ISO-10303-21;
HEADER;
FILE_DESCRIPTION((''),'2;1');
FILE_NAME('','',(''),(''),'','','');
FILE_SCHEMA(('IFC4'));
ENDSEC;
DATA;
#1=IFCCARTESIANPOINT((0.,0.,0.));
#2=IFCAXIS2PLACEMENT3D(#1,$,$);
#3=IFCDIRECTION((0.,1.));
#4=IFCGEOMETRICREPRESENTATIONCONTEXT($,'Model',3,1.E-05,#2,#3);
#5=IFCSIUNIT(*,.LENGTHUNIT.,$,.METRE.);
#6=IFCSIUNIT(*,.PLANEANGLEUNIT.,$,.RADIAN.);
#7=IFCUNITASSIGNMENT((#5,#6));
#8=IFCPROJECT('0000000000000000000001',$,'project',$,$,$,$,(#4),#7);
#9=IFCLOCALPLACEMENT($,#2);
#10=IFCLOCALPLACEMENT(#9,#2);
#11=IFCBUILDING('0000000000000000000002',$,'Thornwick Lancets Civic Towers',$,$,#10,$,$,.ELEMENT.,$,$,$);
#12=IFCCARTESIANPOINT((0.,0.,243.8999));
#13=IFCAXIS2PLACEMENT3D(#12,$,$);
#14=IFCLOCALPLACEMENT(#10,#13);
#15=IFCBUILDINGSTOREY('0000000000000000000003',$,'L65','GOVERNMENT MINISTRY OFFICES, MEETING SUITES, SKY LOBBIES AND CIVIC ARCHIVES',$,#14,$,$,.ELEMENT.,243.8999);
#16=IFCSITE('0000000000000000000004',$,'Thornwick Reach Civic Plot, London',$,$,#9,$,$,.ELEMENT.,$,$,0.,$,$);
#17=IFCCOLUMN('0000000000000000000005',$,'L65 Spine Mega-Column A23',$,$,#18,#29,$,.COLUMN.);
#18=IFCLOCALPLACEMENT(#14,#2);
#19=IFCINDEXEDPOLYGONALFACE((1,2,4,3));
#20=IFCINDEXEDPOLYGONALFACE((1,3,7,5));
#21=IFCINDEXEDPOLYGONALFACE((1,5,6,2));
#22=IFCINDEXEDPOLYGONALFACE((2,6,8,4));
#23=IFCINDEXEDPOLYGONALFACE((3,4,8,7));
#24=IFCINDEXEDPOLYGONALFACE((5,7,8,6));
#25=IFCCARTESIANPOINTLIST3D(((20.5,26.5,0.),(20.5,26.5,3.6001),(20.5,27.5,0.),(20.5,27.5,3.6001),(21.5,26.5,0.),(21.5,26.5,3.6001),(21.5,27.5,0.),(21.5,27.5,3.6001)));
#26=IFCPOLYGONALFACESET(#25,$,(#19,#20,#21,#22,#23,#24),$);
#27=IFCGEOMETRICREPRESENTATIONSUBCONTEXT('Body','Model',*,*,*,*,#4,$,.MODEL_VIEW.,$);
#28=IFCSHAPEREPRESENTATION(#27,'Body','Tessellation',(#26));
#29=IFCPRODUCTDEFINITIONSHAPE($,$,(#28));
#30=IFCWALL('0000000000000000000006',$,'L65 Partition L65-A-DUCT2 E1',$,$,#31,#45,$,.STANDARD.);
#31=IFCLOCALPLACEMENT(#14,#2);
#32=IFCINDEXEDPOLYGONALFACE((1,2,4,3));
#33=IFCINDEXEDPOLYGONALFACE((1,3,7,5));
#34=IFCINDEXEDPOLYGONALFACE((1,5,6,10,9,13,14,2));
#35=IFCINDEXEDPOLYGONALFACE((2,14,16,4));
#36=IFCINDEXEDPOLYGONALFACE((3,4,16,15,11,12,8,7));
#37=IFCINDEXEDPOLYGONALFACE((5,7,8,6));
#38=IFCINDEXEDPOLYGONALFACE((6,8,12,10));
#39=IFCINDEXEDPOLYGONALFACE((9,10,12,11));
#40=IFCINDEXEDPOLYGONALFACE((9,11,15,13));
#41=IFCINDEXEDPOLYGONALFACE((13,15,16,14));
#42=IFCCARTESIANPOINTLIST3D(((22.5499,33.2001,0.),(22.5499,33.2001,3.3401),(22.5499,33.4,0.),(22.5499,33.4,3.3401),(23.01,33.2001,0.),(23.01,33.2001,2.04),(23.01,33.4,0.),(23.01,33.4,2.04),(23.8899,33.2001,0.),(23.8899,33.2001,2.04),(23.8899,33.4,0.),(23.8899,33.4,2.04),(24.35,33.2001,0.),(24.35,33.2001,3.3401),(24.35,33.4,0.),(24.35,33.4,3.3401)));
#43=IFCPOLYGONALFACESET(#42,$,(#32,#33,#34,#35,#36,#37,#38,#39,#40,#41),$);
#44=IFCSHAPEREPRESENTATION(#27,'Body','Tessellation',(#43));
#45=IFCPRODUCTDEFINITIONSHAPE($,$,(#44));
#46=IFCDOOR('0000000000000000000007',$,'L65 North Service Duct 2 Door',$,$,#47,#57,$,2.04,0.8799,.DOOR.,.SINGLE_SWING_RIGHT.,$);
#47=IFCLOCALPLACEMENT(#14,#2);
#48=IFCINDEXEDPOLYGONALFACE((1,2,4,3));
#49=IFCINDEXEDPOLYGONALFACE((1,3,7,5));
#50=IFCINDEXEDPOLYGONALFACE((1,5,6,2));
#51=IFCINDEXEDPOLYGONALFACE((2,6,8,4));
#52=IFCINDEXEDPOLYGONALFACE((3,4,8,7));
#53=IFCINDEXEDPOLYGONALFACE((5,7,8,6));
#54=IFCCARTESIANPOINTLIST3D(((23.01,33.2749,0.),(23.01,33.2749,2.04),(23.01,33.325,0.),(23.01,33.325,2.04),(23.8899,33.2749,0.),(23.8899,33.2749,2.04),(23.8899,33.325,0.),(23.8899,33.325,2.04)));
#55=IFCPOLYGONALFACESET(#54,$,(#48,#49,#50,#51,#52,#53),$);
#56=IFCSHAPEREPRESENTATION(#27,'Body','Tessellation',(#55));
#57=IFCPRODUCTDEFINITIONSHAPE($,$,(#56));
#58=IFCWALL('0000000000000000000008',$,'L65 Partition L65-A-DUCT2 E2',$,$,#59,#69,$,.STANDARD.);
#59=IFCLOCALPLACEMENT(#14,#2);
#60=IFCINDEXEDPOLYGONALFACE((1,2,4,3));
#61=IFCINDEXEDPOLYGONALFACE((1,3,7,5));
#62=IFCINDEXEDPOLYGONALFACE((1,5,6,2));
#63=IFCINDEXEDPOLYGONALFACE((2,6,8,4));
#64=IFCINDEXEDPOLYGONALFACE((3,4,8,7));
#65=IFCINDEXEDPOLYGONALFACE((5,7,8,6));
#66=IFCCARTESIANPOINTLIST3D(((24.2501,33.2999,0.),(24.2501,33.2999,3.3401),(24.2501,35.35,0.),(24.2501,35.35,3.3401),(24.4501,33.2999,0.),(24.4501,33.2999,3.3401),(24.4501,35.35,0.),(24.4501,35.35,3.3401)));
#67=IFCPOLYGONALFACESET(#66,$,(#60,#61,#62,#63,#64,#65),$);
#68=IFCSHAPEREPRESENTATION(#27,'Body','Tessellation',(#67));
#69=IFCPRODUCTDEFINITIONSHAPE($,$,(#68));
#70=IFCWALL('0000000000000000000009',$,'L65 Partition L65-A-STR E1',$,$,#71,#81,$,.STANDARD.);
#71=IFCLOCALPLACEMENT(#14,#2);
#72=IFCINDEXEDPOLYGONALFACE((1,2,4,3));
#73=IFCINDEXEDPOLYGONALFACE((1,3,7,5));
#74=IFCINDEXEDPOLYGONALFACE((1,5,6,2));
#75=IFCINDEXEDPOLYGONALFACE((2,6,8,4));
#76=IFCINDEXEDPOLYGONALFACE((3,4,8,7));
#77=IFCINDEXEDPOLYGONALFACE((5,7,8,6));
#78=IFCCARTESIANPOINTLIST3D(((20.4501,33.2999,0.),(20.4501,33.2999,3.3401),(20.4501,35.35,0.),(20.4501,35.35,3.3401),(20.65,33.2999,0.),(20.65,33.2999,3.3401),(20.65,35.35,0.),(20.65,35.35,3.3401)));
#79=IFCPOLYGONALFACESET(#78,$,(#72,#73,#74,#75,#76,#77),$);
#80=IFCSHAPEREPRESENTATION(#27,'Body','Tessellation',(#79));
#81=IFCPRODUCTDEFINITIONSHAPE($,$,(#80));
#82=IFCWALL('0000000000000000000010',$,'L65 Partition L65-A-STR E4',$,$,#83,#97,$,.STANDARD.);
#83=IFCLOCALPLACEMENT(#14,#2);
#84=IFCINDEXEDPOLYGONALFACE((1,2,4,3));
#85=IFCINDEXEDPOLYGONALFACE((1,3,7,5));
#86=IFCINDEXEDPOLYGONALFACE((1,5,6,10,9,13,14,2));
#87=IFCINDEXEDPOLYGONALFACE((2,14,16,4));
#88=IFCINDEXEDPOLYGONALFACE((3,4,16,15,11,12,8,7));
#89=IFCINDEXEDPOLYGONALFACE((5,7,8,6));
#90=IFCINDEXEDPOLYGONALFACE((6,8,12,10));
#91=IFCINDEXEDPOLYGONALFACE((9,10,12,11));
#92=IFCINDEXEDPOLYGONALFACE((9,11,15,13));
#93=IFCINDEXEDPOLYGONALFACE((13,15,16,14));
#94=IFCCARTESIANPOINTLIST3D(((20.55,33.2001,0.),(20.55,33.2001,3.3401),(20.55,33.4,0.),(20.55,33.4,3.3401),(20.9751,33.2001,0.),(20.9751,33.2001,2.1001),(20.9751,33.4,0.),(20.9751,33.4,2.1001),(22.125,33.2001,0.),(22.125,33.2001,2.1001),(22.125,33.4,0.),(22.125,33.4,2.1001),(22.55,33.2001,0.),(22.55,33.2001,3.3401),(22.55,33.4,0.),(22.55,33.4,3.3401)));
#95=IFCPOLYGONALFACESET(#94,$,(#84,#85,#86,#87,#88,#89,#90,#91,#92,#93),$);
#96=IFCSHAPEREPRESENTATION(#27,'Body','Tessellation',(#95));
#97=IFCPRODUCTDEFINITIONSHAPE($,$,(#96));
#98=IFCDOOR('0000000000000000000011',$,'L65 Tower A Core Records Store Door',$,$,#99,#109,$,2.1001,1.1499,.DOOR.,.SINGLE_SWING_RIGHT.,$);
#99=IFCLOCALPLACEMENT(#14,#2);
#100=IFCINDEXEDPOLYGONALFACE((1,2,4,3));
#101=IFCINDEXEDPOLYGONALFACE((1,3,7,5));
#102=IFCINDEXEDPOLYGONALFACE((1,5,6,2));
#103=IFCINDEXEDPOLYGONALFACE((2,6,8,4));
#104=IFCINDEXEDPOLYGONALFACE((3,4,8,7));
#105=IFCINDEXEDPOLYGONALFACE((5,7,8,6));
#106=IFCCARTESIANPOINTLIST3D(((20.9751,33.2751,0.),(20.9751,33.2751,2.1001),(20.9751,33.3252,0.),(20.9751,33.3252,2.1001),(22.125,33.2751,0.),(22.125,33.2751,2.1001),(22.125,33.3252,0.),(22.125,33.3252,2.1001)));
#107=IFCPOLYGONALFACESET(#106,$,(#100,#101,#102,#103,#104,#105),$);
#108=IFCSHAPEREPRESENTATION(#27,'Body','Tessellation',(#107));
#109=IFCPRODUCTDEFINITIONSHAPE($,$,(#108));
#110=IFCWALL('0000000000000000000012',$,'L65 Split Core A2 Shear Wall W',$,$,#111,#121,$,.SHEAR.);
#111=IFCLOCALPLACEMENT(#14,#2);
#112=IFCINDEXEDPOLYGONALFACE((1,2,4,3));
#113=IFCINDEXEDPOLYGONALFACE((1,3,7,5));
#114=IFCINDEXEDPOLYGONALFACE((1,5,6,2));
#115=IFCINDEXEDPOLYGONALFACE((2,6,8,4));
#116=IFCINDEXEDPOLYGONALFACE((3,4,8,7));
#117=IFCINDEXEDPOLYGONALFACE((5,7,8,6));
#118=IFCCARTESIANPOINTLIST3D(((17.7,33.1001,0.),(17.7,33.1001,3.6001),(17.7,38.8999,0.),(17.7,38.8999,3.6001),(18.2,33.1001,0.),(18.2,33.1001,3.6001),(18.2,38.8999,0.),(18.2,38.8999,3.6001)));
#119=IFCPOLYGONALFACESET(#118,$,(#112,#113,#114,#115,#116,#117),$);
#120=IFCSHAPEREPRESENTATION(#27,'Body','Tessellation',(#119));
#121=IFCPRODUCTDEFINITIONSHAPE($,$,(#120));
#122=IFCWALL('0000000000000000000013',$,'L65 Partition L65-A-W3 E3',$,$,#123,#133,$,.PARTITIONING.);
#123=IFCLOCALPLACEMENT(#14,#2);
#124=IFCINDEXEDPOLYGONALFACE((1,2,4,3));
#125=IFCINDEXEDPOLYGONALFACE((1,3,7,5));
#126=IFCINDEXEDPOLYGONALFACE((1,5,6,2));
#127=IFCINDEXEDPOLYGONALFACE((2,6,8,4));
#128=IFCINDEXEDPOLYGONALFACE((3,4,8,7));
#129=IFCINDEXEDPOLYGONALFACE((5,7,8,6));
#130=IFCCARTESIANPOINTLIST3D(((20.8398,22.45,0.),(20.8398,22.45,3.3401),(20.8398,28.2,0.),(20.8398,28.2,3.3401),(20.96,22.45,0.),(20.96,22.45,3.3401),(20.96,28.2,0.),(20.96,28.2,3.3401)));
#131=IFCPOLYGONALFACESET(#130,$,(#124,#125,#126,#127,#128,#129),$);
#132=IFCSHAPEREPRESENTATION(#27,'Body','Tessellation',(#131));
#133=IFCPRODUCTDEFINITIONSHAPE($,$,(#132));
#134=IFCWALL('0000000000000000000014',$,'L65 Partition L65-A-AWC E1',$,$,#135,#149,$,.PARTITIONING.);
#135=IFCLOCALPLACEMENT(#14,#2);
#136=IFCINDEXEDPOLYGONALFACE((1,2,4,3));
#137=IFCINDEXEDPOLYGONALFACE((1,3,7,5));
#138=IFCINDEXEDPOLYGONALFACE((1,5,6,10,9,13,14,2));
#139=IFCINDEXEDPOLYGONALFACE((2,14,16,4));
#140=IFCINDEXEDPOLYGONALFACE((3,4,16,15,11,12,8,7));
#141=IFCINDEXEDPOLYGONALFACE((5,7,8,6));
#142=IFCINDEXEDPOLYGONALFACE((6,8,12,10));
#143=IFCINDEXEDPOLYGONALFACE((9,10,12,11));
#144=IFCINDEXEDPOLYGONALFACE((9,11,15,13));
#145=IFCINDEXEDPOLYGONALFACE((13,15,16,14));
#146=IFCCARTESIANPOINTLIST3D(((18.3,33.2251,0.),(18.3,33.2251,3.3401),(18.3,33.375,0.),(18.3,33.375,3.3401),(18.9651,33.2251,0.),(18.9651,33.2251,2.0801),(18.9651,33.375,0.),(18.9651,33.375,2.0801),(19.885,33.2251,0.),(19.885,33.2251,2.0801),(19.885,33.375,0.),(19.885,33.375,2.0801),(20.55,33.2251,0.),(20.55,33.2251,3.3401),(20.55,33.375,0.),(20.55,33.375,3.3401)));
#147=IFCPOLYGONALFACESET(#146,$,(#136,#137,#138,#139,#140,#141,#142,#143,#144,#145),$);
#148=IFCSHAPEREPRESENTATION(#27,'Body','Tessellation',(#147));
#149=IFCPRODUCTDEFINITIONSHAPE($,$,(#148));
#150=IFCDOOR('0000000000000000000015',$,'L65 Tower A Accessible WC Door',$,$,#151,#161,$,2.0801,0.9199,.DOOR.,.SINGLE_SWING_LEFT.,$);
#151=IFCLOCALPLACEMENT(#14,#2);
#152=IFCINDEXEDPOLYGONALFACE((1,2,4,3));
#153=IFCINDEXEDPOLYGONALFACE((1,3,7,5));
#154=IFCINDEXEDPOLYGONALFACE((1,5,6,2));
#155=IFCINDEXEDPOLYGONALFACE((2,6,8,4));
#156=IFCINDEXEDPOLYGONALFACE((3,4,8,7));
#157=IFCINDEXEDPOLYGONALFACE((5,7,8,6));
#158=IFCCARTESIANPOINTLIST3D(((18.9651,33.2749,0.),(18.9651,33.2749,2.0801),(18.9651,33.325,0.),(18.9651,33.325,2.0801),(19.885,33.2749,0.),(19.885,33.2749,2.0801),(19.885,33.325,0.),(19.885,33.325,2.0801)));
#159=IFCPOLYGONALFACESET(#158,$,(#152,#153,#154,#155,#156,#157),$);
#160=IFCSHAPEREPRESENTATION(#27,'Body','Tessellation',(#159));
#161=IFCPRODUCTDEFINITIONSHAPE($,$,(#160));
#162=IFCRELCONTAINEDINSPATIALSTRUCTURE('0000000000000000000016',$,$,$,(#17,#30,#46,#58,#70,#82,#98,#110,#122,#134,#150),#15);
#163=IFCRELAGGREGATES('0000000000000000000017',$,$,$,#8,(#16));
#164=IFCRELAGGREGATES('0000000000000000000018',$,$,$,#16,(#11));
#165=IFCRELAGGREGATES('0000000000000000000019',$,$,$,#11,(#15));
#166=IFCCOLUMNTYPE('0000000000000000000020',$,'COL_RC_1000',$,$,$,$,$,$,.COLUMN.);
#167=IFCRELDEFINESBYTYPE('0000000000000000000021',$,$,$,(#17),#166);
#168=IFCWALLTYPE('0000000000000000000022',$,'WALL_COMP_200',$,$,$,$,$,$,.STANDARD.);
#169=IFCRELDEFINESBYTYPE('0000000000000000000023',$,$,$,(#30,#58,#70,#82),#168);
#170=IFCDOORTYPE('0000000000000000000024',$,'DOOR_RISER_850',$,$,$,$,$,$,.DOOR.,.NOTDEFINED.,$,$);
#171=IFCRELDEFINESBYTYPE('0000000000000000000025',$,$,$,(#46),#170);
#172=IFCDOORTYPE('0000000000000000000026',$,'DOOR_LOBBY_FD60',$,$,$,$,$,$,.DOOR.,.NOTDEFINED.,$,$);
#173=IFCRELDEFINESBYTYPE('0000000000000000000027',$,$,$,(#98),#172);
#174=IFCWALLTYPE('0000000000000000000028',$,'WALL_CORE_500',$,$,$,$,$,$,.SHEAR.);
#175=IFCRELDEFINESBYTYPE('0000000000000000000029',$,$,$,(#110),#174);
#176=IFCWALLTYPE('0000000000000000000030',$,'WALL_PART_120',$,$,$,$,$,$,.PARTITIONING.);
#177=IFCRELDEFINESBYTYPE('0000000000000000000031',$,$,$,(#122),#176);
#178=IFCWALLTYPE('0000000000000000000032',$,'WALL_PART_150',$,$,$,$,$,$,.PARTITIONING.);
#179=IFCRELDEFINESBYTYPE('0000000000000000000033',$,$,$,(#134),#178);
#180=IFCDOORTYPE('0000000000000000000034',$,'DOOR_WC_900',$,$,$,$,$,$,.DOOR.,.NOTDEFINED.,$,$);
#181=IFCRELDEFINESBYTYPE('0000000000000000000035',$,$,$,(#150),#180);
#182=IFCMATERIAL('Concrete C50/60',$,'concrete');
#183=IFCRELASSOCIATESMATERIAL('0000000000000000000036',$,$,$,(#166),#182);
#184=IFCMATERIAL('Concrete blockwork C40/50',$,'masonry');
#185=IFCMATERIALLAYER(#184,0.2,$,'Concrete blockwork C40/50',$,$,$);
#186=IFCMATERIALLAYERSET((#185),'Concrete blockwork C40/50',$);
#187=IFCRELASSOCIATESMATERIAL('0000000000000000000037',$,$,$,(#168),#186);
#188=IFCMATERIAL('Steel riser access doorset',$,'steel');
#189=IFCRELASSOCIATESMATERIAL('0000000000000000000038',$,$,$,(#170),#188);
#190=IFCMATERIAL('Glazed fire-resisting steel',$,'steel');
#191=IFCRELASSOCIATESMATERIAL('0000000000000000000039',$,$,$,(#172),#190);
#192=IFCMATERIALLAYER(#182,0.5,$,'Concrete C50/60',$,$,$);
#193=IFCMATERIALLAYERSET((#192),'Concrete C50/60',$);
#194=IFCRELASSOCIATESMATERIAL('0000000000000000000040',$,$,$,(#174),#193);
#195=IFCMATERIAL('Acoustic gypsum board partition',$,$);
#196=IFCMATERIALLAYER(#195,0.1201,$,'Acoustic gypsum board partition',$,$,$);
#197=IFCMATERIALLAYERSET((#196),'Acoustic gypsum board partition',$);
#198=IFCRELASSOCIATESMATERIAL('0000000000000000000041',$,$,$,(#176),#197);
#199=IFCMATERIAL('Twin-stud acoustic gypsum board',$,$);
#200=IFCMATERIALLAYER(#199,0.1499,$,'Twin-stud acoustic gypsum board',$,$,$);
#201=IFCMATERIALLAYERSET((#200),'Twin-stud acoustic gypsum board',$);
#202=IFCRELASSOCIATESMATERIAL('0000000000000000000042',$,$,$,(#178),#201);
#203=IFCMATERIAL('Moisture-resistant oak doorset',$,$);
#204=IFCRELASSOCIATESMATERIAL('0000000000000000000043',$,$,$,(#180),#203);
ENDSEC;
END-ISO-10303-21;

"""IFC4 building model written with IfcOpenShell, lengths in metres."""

from ifc_helpers import new_model, si_unit, direction, frame, frame_2d, origin, origin_2d, place, context, subcontext, project, spatial, rectangle, extrude, material, layer, layer_set, material_profile, profile_set, type_object, element, fill, save


model = new_model("IFC4")

# Units and contexts
model_context = context("Model", 3, precision=1e-05, world=origin(), true_north=direction((0.0, 1.0)))
body_context = subcontext(model_context, "Body", "Model", "MODEL_VIEW")
ifc_project = project(units=[si_unit("LENGTHUNIT", "METRE"), si_unit("PLANEANGLEUNIT", "RADIAN")], contexts=[model_context])

# Site, building, storey
site_placement = place(None, origin())
site = spatial("IfcSite", under=ifc_project, at=site_placement, Name="Thornwick Reach Civic Plot, London", CompositionType="ELEMENT", RefElevation=0.0)
building_placement = place(site_placement, origin())
building = spatial("IfcBuilding", under=site, at=building_placement, Name="Thornwick Lancets Civic Towers", CompositionType="ELEMENT")
storey_placement = place(building_placement, frame((0.0, 0.0, 243.8999)))
storey = spatial("IfcBuildingStorey", under=building, at=storey_placement, Name="L65", Description="GOVERNMENT MINISTRY OFFICES, MEETING SUITES, SKY LOBBIES AND CIVIC ARCHIVES", CompositionType="ELEMENT", Elevation=243.8999)

# Column
ifc_material_1 = material(Name="Concrete C50/60", Category="concrete")
ifc_material_profile = material_profile(ifc_material_1, rectangle(XDim=1.0, YDim=1.0, at=origin_2d()), Name="RC 1000x1000")
ifc_profile_set = profile_set([ifc_material_profile], Name="Concrete C50/60")
column_type = type_object("IfcColumnType", Name="COL_RC_1000", PredefinedType="COLUMN", material=ifc_profile_set)
column_placement = place(storey_placement, frame((21.0, 27.0, 0.0), z_axis=(0.0, 0.0, 1.0), x_axis=(1.0, 0.0, 0.0)))
element("IfcColumn", 1, at=column_placement, inside=storey, type_object=column_type, Name="L65 Spine Mega-Column A23", PredefinedType="COLUMN", context=body_context, shape_type="SweptSolid", body=[
    extrude(rectangle(XDim=1.0, YDim=1.0, at=origin_2d()), origin(), (0.0, 0.0, 1.0), 3.6001),
])

# Wall, opening, door
ifc_material_2 = material(Name="Concrete blockwork C40/50", Category="masonry")
ifc_layer_1 = layer(ifc_material_2, 0.2, Name="Concrete blockwork C40/50")
ifc_layer_set_1 = layer_set([ifc_layer_1], Name="Concrete blockwork C40/50")
wall_type_1 = type_object("IfcWallType", Name="WALL_COMP_200", PredefinedType="STANDARD", material=ifc_layer_set_1)
wall_1_placement = place(storey_placement, frame((22.55, 33.3, 0.0), z_axis=(0.0, 0.0, 1.0), x_axis=(1.0, 0.0, 0.0)))
wall_1 = element("IfcWall", 2, at=wall_1_placement, inside=storey, type_object=wall_type_1, Name="L65 Partition L65-A-DUCT2 E1", PredefinedType="STANDARD", context=body_context, shape_type="SweptSolid", body=[
    extrude(rectangle(XDim=1.8, YDim=0.2, at=frame_2d((0.8999, 0.0))), origin(), (0.0, 0.0, 1.0), 3.3401),
])
opening_1_placement = place(wall_1_placement, frame((0.46, 0.0, 0.0)))
opening_1 = element("IfcOpeningElement", 3, at=opening_1_placement, cuts=wall_1, PredefinedType="OPENING", context=body_context, shape_type="SweptSolid", body=[
    extrude(rectangle(XDim=0.8799, YDim=2.04, at=frame_2d((0.4399, 1.02))), frame((0.0, 0.1099, 0.0), z_axis=(0.0, -1.0, 0.0), x_axis=(1.0, 0.0, 0.0)), (0.0, 0.0, 1.0), 0.22),
])
ifc_material_3 = material(Name="Steel riser access doorset", Category="steel")
door_type_1 = type_object("IfcDoorType", Name="DOOR_RISER_850", OperationType="NOTDEFINED", PredefinedType="DOOR", material=ifc_material_3)
door_1_placement = place(opening_1_placement, origin())
door_1 = element("IfcDoor", 4, at=door_1_placement, inside=storey, type_object=door_type_1, Name="L65 North Service Duct 2 Door", OperationType="SINGLE_SWING_RIGHT", OverallHeight=2.04, OverallWidth=0.8799, PredefinedType="DOOR", context=body_context, shape_type="SweptSolid", body=[
    extrude(rectangle(XDim=0.8799, YDim=2.04, at=frame_2d((0.4399, 1.02))), frame((0.0, 0.0249, 0.0), z_axis=(0.0, -1.0, 0.0), x_axis=(1.0, 0.0, 0.0)), (0.0, 0.0, 1.0), 0.05),
])
fill(opening_1, door_1)

# Walls
for number, where, z_axis, x_axis, name in (
    (5, (24.3501, 33.3, 0.0), (0.0, 0.0, 1.0), (0.0, 1.0, 0.0), "L65 Partition L65-A-DUCT2 E2"),
    (6, (20.55, 33.3, 0.0), (0.0, 0.0, 1.0), (0.0, 1.0, 0.0), "L65 Partition L65-A-STR E1"),
):
    element("IfcWall", number, at=place(storey_placement, frame(where, z_axis=z_axis, x_axis=x_axis)), inside=storey, type_object=wall_type_1, Name=name, PredefinedType="STANDARD", context=body_context, shape_type="SweptSolid", body=[
        extrude(rectangle(XDim=2.05, YDim=0.2, at=frame_2d((1.0249, 0.0))), origin(), (0.0, 0.0, 1.0), 3.3401),
    ])

# Wall, opening, door
wall_2_placement = place(storey_placement, frame((22.55, 33.3, 0.0), z_axis=(0.0, 0.0, 1.0), x_axis=(-1.0, 0.0, 0.0)))
wall_2 = element("IfcWall", 7, at=wall_2_placement, inside=storey, type_object=wall_type_1, Name="L65 Partition L65-A-STR E4", PredefinedType="STANDARD", context=body_context, shape_type="SweptSolid", body=[
    extrude(rectangle(XDim=2.0, YDim=0.2, at=frame_2d((1.0, 0.0))), origin(), (0.0, 0.0, 1.0), 3.3401),
])
opening_2_placement = place(wall_2_placement, frame((0.425, 0.0, 0.0)))
opening_2 = element("IfcOpeningElement", 8, at=opening_2_placement, cuts=wall_2, PredefinedType="OPENING", context=body_context, shape_type="SweptSolid", body=[
    extrude(rectangle(XDim=1.1499, YDim=2.1001, at=frame_2d((0.575, 1.05))), frame((0.0, 0.1099, 0.0), z_axis=(0.0, -1.0, 0.0), x_axis=(1.0, 0.0, 0.0)), (0.0, 0.0, 1.0), 0.22),
])
ifc_material_4 = material(Name="Glazed fire-resisting steel", Category="steel")
door_type_2 = type_object("IfcDoorType", Name="DOOR_LOBBY_FD60", OperationType="NOTDEFINED", PredefinedType="DOOR", material=ifc_material_4)
door_2_placement = place(opening_2_placement, origin())
door_2 = element("IfcDoor", 9, at=door_2_placement, inside=storey, type_object=door_type_2, Name="L65 Tower A Core Records Store Door", OperationType="SINGLE_SWING_RIGHT", OverallHeight=2.1001, OverallWidth=1.1499, PredefinedType="DOOR", context=body_context, shape_type="SweptSolid", body=[
    extrude(rectangle(XDim=1.1499, YDim=2.1001, at=frame_2d((0.575, 1.05))), frame((0.0, 0.0249, 0.0), z_axis=(0.0, -1.0, 0.0), x_axis=(1.0, 0.0, 0.0)), (0.0, 0.0, 1.0), 0.05),
])
fill(opening_2, door_2)

# Walls
ifc_layer_2 = layer(ifc_material_1, 0.5, Name="Concrete C50/60")
ifc_layer_set_2 = layer_set([ifc_layer_2], Name="Concrete C50/60")
wall_type_2 = type_object("IfcWallType", Name="WALL_CORE_500", PredefinedType="SHEAR", material=ifc_layer_set_2)
wall_3_placement = place(storey_placement, frame((17.95, 33.1001, 0.0), z_axis=(0.0, 0.0, 1.0), x_axis=(0.0, 1.0, 0.0)))
element("IfcWall", 10, at=wall_3_placement, inside=storey, type_object=wall_type_2, Name="L65 Split Core A2 Shear Wall W", PredefinedType="SHEAR", context=body_context, shape_type="SweptSolid", body=[
    extrude(rectangle(XDim=5.7998, YDim=0.5, at=frame_2d((2.8999, 0.0))), origin(), (0.0, 0.0, 1.0), 3.6001),
])
ifc_material_5 = material(Name="Acoustic gypsum board partition")
ifc_layer_3 = layer(ifc_material_5, 0.1201, Name="Acoustic gypsum board partition")
ifc_layer_set_3 = layer_set([ifc_layer_3], Name="Acoustic gypsum board partition")
wall_type_3 = type_object("IfcWallType", Name="WALL_PART_120", PredefinedType="PARTITIONING", material=ifc_layer_set_3)
wall_4_placement = place(storey_placement, frame((20.8999, 28.2, 0.0), z_axis=(0.0, 0.0, 1.0), x_axis=(0.0, -1.0, 0.0)))
element("IfcWall", 11, at=wall_4_placement, inside=storey, type_object=wall_type_3, Name="L65 Partition L65-A-W3 E3", PredefinedType="PARTITIONING", context=body_context, shape_type="SweptSolid", body=[
    extrude(rectangle(XDim=5.75, YDim=0.1201, at=frame_2d((2.875, 0.0))), origin(), (0.0, 0.0, 1.0), 3.3401),
])

# Wall, opening, door
ifc_material_6 = material(Name="Twin-stud acoustic gypsum board")
ifc_layer_4 = layer(ifc_material_6, 0.1499, Name="Twin-stud acoustic gypsum board")
ifc_layer_set_4 = layer_set([ifc_layer_4], Name="Twin-stud acoustic gypsum board")
wall_type_4 = type_object("IfcWallType", Name="WALL_PART_150", PredefinedType="PARTITIONING", material=ifc_layer_set_4)
wall_5_placement = place(storey_placement, frame((18.3, 33.3, 0.0), z_axis=(0.0, 0.0, 1.0), x_axis=(1.0, 0.0, 0.0)))
wall_5 = element("IfcWall", 12, at=wall_5_placement, inside=storey, type_object=wall_type_4, Name="L65 Partition L65-A-AWC E1", PredefinedType="PARTITIONING", context=body_context, shape_type="SweptSolid", body=[
    extrude(rectangle(XDim=2.25, YDim=0.1499, at=frame_2d((1.125, 0.0))), origin(), (0.0, 0.0, 1.0), 3.3401),
])
opening_3_placement = place(wall_5_placement, frame((0.665, 0.0, 0.0)))
opening_3 = element("IfcOpeningElement", 13, at=opening_3_placement, cuts=wall_5, PredefinedType="OPENING", context=body_context, shape_type="SweptSolid", body=[
    extrude(rectangle(XDim=0.9199, YDim=2.0801, at=frame_2d((0.46, 1.04))), frame((0.0, 0.085, 0.0), z_axis=(0.0, -1.0, 0.0), x_axis=(1.0, 0.0, 0.0)), (0.0, 0.0, 1.0), 0.1699),
])
ifc_material_7 = material(Name="Moisture-resistant oak doorset")
door_type_3 = type_object("IfcDoorType", Name="DOOR_WC_900", OperationType="NOTDEFINED", PredefinedType="DOOR", material=ifc_material_7)
door_3_placement = place(opening_3_placement, origin())
door_3 = element("IfcDoor", 14, at=door_3_placement, inside=storey, type_object=door_type_3, Name="L65 Tower A Accessible WC Door", OperationType="SINGLE_SWING_LEFT", OverallHeight=2.0801, OverallWidth=0.9199, PredefinedType="DOOR", context=body_context, shape_type="SweptSolid", body=[
    extrude(rectangle(XDim=0.9199, YDim=2.0801, at=frame_2d((0.46, 1.04))), frame((0.0, 0.0249, 0.0), z_axis=(0.0, -1.0, 0.0), x_axis=(1.0, 0.0, 0.0)), (0.0, 0.0, 1.0), 0.05),
])
fill(opening_3, door_3)

save(model, "model.ifc")
